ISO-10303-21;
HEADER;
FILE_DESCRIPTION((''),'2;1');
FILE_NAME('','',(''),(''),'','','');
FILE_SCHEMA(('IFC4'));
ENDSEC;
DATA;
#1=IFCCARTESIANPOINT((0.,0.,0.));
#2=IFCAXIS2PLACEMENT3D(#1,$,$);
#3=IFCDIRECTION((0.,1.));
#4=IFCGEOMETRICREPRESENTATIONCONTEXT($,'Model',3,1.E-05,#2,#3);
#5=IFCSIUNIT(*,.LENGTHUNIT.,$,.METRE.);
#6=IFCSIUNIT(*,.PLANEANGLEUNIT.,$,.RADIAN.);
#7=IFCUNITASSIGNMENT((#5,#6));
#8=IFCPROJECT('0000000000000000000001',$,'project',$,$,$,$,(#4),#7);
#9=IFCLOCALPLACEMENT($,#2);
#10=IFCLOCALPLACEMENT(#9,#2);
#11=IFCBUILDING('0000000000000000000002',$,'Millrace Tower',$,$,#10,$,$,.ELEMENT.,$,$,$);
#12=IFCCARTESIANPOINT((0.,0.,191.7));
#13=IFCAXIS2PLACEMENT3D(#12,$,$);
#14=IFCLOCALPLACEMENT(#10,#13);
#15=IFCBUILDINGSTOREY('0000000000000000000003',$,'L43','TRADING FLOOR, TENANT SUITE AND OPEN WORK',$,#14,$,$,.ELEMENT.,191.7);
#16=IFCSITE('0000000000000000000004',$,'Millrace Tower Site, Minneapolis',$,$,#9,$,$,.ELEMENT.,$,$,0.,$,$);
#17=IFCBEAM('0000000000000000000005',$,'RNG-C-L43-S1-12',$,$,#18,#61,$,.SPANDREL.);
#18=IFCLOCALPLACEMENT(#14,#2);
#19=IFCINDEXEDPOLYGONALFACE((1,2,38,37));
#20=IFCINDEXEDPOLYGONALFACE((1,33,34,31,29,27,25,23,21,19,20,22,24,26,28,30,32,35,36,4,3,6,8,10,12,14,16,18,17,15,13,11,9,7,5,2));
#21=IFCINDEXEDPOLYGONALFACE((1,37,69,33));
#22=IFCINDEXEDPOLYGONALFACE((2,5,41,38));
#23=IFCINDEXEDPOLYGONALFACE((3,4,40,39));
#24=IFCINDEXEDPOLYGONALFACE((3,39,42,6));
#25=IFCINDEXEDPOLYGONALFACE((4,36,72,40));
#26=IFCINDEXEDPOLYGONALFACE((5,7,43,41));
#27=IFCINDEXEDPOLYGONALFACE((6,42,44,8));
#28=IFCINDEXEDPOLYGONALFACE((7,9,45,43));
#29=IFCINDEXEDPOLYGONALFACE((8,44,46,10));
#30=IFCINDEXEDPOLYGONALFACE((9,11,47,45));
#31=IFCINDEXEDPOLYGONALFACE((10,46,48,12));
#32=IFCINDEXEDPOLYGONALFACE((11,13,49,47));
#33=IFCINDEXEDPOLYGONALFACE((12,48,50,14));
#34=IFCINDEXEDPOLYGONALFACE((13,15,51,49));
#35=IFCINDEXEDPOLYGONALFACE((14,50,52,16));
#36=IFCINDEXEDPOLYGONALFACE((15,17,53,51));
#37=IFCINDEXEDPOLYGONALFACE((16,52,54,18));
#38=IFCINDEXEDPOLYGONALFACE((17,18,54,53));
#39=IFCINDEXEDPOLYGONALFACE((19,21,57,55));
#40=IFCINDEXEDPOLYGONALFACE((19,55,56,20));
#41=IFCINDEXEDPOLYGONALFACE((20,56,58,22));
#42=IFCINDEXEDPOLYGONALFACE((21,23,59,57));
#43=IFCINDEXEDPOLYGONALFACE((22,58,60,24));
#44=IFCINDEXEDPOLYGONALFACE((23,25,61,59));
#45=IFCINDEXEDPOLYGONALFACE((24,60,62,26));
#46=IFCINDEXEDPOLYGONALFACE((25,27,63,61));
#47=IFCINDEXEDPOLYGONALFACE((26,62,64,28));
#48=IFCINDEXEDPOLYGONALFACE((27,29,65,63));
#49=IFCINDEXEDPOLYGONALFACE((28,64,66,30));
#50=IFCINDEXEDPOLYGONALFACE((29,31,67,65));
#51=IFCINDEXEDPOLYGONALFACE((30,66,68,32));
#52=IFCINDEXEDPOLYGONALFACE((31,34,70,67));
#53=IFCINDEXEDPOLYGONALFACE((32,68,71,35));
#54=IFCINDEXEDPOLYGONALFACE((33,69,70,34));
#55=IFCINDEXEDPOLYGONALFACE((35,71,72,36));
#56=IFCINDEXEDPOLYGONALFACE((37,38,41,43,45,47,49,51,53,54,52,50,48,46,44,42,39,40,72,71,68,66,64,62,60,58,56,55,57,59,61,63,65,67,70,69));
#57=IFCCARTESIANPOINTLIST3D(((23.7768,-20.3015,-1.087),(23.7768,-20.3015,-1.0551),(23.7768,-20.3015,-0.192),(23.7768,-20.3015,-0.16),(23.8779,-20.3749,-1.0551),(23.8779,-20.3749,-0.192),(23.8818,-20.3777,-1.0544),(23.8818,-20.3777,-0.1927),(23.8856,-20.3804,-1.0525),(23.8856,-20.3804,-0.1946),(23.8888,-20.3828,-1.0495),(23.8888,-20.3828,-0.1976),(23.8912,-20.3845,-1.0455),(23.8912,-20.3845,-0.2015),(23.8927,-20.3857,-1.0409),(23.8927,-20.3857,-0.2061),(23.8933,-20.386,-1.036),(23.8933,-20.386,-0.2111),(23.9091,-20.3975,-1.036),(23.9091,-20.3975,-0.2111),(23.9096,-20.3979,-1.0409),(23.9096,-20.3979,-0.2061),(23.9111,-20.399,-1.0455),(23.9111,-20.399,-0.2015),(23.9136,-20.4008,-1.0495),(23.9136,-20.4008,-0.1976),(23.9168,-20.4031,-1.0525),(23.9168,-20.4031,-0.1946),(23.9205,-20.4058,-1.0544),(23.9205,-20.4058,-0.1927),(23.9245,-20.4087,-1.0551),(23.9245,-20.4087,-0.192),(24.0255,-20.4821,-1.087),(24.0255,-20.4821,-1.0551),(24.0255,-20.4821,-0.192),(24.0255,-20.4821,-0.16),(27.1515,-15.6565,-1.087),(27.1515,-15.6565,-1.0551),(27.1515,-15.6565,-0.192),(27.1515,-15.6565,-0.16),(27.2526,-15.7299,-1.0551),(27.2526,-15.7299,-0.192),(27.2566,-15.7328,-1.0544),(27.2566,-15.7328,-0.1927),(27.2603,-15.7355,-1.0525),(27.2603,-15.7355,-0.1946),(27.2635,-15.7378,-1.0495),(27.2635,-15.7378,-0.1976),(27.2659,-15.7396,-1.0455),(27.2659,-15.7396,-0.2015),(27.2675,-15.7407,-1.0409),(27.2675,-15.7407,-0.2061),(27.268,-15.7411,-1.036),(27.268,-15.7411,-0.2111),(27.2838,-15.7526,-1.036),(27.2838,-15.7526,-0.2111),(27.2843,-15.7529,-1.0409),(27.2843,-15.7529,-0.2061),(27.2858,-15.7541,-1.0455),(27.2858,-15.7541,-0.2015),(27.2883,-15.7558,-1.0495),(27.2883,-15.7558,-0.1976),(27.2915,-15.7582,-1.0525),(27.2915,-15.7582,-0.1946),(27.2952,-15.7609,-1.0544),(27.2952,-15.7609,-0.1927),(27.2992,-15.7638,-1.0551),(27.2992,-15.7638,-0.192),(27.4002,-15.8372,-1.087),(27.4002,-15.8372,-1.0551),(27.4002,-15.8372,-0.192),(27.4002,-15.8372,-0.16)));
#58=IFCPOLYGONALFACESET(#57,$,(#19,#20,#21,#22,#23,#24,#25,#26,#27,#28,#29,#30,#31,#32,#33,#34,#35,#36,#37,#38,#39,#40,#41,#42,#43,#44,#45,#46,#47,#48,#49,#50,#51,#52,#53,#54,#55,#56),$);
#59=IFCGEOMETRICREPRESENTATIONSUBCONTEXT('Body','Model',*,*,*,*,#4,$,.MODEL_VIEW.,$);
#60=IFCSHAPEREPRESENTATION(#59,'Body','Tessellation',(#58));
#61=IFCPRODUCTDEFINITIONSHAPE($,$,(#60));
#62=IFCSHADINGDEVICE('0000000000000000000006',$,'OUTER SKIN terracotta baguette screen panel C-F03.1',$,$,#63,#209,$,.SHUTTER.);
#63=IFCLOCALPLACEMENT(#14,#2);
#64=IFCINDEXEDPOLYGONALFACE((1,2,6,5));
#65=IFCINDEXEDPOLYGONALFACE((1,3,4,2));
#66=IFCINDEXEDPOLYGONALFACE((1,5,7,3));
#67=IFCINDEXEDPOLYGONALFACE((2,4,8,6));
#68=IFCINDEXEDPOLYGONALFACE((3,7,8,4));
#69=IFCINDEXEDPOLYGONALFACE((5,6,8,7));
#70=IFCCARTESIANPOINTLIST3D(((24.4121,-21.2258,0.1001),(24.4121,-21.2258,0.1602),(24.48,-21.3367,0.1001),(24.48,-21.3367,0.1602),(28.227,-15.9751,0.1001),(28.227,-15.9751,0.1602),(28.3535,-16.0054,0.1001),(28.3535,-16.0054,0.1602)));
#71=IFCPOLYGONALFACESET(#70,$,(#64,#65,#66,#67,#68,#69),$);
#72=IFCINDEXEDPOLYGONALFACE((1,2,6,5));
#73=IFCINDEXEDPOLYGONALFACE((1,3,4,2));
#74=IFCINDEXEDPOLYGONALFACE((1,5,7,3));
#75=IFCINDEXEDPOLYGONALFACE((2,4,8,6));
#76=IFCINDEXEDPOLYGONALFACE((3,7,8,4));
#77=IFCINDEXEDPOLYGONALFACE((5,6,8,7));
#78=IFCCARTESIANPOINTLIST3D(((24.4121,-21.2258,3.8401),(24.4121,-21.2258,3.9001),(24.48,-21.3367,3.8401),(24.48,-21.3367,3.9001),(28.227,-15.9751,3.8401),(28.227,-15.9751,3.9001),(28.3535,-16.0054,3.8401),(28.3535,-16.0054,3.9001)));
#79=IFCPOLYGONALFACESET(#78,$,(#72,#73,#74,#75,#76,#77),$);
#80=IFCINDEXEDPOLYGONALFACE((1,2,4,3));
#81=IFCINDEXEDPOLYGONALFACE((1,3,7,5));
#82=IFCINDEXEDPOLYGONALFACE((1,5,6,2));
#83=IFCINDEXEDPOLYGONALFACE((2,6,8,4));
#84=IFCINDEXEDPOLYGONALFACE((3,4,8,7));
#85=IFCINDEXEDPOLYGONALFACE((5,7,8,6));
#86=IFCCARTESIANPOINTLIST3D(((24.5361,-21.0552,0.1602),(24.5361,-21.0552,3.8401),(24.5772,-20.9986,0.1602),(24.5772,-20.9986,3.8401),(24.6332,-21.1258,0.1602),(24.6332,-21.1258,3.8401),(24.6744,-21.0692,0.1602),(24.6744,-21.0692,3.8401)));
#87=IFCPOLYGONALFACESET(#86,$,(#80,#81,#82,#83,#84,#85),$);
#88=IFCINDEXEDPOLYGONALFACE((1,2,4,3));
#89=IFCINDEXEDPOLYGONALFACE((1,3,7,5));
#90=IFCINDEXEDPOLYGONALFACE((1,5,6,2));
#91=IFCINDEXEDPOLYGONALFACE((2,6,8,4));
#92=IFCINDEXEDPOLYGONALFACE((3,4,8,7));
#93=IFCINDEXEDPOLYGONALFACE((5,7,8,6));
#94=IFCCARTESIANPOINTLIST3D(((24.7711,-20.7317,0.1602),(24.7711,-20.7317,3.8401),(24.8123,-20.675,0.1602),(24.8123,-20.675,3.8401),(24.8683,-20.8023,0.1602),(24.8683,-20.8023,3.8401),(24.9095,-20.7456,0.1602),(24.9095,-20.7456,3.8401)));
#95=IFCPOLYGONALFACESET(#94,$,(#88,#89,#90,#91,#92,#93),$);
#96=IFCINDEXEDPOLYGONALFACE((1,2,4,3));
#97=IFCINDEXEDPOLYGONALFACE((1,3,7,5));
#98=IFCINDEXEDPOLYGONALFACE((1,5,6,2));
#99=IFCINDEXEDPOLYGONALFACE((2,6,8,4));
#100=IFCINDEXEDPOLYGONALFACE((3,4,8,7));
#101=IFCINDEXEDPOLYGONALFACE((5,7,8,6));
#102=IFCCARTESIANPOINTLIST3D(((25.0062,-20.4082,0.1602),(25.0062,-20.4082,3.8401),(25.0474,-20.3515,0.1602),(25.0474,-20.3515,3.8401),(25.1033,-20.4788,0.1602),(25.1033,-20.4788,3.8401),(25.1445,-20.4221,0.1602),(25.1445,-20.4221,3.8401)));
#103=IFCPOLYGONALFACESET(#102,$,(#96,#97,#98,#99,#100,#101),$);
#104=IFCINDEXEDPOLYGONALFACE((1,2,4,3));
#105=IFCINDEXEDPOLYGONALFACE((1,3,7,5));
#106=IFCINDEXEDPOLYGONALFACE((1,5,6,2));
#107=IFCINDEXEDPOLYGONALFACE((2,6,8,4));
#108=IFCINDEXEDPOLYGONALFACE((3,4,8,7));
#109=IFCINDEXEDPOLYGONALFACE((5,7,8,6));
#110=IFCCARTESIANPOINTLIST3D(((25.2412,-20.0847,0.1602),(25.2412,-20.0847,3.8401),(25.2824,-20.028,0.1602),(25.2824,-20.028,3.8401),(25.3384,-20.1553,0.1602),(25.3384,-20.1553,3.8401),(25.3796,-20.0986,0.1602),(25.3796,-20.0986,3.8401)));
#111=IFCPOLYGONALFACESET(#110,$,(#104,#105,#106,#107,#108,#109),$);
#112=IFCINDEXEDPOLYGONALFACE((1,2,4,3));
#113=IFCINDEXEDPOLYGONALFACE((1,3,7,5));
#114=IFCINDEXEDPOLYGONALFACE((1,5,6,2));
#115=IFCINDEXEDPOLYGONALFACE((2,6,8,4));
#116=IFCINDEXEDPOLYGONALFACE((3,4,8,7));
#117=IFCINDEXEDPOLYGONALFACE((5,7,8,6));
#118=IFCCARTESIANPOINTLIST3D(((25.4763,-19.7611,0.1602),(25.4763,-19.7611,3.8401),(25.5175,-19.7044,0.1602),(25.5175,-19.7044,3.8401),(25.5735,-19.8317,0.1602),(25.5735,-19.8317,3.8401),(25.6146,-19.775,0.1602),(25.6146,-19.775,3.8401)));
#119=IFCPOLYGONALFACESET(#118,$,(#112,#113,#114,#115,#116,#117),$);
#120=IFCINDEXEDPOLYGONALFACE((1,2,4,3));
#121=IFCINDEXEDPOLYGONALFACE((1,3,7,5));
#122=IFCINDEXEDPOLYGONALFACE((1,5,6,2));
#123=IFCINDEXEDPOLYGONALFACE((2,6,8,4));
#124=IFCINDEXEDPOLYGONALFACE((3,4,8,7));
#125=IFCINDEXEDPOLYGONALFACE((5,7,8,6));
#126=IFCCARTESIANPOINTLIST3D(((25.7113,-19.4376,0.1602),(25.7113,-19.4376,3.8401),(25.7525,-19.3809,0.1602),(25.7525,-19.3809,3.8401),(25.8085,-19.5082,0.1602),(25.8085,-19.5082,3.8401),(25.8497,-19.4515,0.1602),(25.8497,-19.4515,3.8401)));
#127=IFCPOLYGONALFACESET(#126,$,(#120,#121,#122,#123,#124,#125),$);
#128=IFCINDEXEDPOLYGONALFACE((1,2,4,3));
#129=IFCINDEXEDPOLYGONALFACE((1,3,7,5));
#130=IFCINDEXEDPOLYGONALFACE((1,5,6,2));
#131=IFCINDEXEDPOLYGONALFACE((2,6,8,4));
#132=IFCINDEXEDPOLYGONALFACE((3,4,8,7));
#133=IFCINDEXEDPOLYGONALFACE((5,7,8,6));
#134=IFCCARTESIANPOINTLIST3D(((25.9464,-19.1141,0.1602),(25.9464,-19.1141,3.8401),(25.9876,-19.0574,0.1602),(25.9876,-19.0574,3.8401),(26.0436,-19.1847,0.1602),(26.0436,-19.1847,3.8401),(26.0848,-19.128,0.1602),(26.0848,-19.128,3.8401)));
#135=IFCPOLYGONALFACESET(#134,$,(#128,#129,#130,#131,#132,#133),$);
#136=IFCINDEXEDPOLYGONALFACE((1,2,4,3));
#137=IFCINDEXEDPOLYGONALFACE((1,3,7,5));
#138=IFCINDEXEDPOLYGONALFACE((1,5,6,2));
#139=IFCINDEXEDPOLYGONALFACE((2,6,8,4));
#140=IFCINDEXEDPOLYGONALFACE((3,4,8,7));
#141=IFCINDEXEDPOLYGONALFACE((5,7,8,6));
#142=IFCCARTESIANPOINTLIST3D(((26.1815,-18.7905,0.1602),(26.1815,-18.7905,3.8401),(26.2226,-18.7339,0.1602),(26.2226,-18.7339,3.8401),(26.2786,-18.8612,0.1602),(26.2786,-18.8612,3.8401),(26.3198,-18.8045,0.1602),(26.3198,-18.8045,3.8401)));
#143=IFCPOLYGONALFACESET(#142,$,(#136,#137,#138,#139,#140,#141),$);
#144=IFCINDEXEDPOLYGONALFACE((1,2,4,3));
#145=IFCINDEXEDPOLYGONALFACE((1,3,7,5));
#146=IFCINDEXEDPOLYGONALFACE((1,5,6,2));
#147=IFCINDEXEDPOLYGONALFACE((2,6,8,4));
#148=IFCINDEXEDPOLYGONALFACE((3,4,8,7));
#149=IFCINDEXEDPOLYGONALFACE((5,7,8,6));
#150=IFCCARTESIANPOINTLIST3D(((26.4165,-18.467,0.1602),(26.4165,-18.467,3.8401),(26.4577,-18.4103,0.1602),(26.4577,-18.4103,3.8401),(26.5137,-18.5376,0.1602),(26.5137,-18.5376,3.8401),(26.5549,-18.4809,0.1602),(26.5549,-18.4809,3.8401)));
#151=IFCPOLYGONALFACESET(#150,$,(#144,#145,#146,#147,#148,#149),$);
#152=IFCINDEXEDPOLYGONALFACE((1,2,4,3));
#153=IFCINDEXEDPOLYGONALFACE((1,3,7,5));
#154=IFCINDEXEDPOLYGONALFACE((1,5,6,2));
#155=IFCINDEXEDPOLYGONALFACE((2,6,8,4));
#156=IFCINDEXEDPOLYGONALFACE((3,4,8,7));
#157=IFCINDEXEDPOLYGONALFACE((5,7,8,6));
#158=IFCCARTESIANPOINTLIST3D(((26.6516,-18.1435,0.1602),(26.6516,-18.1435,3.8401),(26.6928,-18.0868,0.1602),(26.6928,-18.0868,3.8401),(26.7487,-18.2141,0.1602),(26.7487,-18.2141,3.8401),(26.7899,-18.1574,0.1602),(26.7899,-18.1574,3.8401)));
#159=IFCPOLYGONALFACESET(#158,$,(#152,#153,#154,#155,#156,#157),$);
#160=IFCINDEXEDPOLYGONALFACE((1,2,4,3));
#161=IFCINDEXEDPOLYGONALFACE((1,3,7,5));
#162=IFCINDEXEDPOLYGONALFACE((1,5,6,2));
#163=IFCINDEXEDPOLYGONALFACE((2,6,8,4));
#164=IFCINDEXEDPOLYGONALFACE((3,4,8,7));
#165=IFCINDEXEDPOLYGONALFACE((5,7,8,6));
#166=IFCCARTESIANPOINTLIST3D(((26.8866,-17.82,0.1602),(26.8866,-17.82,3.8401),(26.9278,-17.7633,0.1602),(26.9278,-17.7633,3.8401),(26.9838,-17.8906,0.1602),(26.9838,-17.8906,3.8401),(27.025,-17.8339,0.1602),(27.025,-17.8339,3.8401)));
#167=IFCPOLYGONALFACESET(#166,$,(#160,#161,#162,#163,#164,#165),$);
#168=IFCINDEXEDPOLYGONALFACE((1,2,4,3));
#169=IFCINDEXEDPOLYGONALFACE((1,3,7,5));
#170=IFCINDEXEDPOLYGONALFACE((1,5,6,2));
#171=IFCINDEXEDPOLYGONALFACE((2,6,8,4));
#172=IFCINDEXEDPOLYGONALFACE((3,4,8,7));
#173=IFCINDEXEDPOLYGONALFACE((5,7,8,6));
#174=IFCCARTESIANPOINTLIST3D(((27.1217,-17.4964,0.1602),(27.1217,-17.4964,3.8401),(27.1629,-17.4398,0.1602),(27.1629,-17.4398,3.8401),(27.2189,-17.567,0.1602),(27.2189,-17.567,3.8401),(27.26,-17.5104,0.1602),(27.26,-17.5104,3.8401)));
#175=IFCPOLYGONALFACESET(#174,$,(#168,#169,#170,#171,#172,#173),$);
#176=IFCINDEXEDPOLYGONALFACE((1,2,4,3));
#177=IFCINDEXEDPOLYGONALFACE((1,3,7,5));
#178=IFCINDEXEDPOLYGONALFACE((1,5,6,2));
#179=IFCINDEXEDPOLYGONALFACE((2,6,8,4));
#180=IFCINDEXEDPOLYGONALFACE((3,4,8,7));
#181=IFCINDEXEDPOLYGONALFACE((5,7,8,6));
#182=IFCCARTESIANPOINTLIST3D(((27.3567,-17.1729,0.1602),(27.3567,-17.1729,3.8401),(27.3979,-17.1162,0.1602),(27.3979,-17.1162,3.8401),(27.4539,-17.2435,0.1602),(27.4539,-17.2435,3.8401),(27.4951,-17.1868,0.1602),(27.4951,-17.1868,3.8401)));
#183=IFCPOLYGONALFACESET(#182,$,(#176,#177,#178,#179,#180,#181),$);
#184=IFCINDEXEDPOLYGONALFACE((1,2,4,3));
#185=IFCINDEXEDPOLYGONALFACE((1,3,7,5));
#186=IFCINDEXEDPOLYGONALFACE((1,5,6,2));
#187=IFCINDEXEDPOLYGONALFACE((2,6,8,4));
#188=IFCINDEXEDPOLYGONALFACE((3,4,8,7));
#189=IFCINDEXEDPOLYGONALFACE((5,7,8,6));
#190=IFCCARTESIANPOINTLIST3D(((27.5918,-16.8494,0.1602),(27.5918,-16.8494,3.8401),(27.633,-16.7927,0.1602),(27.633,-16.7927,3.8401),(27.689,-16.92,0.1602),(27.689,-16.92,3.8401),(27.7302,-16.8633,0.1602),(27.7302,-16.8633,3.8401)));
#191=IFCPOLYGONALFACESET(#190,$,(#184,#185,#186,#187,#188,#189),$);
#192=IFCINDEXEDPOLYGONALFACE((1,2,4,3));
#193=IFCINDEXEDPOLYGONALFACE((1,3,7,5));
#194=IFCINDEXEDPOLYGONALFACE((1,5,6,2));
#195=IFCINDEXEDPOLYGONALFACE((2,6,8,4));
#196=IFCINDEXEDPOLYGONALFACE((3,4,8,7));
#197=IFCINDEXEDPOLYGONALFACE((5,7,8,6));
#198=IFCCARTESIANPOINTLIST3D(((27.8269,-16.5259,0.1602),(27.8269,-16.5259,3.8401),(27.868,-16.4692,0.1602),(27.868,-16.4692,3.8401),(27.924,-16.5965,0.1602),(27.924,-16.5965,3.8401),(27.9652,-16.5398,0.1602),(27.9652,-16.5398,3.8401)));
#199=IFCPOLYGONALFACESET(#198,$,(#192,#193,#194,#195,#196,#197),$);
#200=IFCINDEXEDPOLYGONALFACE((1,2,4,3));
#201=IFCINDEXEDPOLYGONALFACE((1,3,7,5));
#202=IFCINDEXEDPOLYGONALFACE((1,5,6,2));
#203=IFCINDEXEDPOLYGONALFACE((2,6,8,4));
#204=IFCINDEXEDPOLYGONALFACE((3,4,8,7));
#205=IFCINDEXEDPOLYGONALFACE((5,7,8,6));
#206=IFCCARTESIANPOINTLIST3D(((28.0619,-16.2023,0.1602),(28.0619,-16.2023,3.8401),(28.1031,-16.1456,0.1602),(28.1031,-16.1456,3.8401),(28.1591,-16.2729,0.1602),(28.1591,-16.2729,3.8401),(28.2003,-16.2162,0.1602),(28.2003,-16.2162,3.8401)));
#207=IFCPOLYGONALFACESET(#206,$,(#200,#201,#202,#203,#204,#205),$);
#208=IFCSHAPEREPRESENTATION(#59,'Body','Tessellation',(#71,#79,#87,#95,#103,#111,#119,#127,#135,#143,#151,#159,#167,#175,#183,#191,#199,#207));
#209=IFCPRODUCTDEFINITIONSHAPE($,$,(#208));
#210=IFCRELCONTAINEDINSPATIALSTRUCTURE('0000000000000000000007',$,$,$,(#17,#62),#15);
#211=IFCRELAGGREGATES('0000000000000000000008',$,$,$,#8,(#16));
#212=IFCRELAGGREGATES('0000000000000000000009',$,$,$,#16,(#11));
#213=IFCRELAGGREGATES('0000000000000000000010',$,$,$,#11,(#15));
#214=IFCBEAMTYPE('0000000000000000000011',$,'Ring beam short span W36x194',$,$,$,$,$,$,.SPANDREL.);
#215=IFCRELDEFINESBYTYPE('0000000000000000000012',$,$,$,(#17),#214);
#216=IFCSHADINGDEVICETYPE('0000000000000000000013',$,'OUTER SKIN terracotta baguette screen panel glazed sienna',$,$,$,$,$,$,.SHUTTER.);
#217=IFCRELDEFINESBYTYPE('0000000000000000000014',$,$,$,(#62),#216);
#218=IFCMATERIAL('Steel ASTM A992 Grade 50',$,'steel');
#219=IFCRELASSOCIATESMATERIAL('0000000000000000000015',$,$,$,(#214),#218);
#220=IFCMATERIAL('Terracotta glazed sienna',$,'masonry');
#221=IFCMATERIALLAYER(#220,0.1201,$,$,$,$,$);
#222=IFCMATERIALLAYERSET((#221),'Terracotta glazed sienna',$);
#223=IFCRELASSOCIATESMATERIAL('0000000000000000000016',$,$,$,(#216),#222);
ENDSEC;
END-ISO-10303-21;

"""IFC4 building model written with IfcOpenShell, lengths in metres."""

from ifc_helpers import new_model, entity, si_unit, direction, frame, frame_2d, origin, origin_2d, place, context, subcontext, project, spatial, rectangle, i_section, extrude, source, transform, mapped, material, layer, layer_set, material_profile, profile_set, type_object, element, save


model = new_model("IFC4")

# Units and contexts
model_context = context("Model", 3, precision=1e-05, world=origin(), true_north=direction((0.0, 1.0)))
body_context = subcontext(model_context, "Body", "Model", "MODEL_VIEW")
ifc_project = project(units=[si_unit("LENGTHUNIT", "METRE"), si_unit("PLANEANGLEUNIT", "RADIAN")], contexts=[model_context])

# Site, building, storey
site_placement = place(None, origin())
site = spatial("IfcSite", under=ifc_project, at=site_placement, Name="Millrace Tower Site, Minneapolis", CompositionType="ELEMENT", RefElevation=0.0)
building_placement = place(site_placement, origin())
building = spatial("IfcBuilding", under=site, at=building_placement, Name="Millrace Tower", CompositionType="ELEMENT")
storey_placement = place(building_placement, frame((0.0, 0.0, 191.7)))
storey = spatial("IfcBuildingStorey", under=building, at=storey_placement, Name="L43", Description="TRADING FLOOR, TENANT SUITE AND OPEN WORK", CompositionType="ELEMENT", Elevation=191.7)

# Beam
ifc_material_1 = material(Name="Steel ASTM A992 Grade 50", Category="steel")
ifc_material_profile_1 = material_profile(ifc_material_1, i_section(OverallWidth=0.3074, OverallDepth=0.927, WebThickness=0.0195, FlangeThickness=0.032, FilletRadius=0.019, at=origin_2d()))
ifc_profile_set_1 = profile_set([ifc_material_profile_1], Name="Steel ASTM A992 Grade 50")
beam_type_1 = type_object("IfcBeamType", Name="Ring beam short span W36x194", PredefinedType="SPANDREL", material=ifc_profile_set_1)
beam_1_placement = place(storey_placement, frame((27.2759, -15.7468, -0.6235), z_axis=(-0.58778, -0.809021, 0.0), x_axis=(0.809021, -0.58778, 0.0)))
element("IfcBeam", 1, at=beam_1_placement, inside=storey, type_object=beam_type_1, Name="RNG-C-L43-S1-12", PredefinedType="SPANDREL", context=body_context, shape_type="SweptSolid", body=[
    extrude(i_section(OverallWidth=0.3074, OverallDepth=0.927, WebThickness=0.0195, FlangeThickness=0.032, FilletRadius=0.019, at=origin_2d()), origin(), (0.0, 0.0, 1.0), 5.7415),
])

# Shading device
ifc_material_2 = material(Name="Terracotta glazed sienna", Category="masonry")
ifc_layer_1 = layer(ifc_material_2, 0.1201)
ifc_layer_set_1 = layer_set([ifc_layer_1], Name="Terracotta glazed sienna")
shading_device_type = type_object("IfcShadingDeviceType", Name="OUTER SKIN terracotta baguette screen panel glazed sienna", PredefinedType="SHUTTER", material=ifc_layer_set_1)
cartesian_point_1 = entity("IfcCartesianPoint", [-3.2451, 0.0601])
shared_polyline_1 = entity("IfcPolyline", [cartesian_point_1, entity("IfcCartesianPoint", [3.2451, 0.0601]), entity("IfcCartesianPoint", [3.2949, -0.0601]), entity("IfcCartesianPoint", [-3.2949, -0.0601]), cartesian_point_1])
shared_shape_1 = source(origin(), body_context, "Body", "SweptSolid", [
    entity("IfcExtrudedAreaSolid", entity("IfcArbitraryClosedProfileDef", "AREA", None, shared_polyline_1), entity("IfcAxis2Placement3D", entity("IfcCartesianPoint", [0.0, 0.0, 0.0])), entity("IfcDirection", [0.0, 0.0, 1.0]), 0.0601),
    entity("IfcExtrudedAreaSolid", entity("IfcArbitraryClosedProfileDef", "AREA", None, shared_polyline_1), entity("IfcAxis2Placement3D", entity("IfcCartesianPoint", [0.0, 0.0, 3.74])), entity("IfcDirection", [0.0, 0.0, 1.0]), 0.0601),
    extrude(rectangle(XDim=0.0701, YDim=0.1201, at=frame_2d((-2.9993, 0.0))), frame((0.0, 0.0, 0.0601)), (0.0, 0.0, 1.0), 3.6799),
    extrude(rectangle(XDim=0.0701, YDim=0.1201, at=frame_2d((-2.5994, 0.0))), frame((0.0, 0.0, 0.0601)), (0.0, 0.0, 1.0), 3.6799),
    extrude(rectangle(XDim=0.0701, YDim=0.1201, at=frame_2d((-2.1995, 0.0))), frame((0.0, 0.0, 0.0601)), (0.0, 0.0, 1.0), 3.6799),
    extrude(rectangle(XDim=0.0701, YDim=0.1201, at=frame_2d((-1.7996, 0.0))), frame((0.0, 0.0, 0.0601)), (0.0, 0.0, 1.0), 3.6799),
    extrude(rectangle(XDim=0.0701, YDim=0.1201, at=frame_2d((-1.3997, 0.0))), frame((0.0, 0.0, 0.0601)), (0.0, 0.0, 1.0), 3.6799),
    extrude(rectangle(XDim=0.0701, YDim=0.1201, at=frame_2d((-0.9998, 0.0))), frame((0.0, 0.0, 0.0601)), (0.0, 0.0, 1.0), 3.6799),
    extrude(rectangle(XDim=0.0701, YDim=0.1201, at=frame_2d((-0.5999, 0.0))), frame((0.0, 0.0, 0.0601)), (0.0, 0.0, 1.0), 3.6799),
    extrude(rectangle(XDim=0.0701, YDim=0.1201, at=frame_2d((-0.2, 0.0))), frame((0.0, 0.0, 0.0601)), (0.0, 0.0, 1.0), 3.6799),
    extrude(rectangle(XDim=0.0701, YDim=0.1201, at=frame_2d((0.2, 0.0))), frame((0.0, 0.0, 0.0601)), (0.0, 0.0, 1.0), 3.6799),
    extrude(rectangle(XDim=0.0701, YDim=0.1201, at=frame_2d((0.5999, 0.0))), frame((0.0, 0.0, 0.0601)), (0.0, 0.0, 1.0), 3.6799),
    extrude(rectangle(XDim=0.0701, YDim=0.1201, at=frame_2d((0.9998, 0.0))), frame((0.0, 0.0, 0.0601)), (0.0, 0.0, 1.0), 3.6799),
    extrude(rectangle(XDim=0.0701, YDim=0.1201, at=frame_2d((1.3997, 0.0))), frame((0.0, 0.0, 0.0601)), (0.0, 0.0, 1.0), 3.6799),
    extrude(rectangle(XDim=0.0701, YDim=0.1201, at=frame_2d((1.7996, 0.0))), frame((0.0, 0.0, 0.0601)), (0.0, 0.0, 1.0), 3.6799),
    extrude(rectangle(XDim=0.0701, YDim=0.1201, at=frame_2d((2.1995, 0.0))), frame((0.0, 0.0, 0.0601)), (0.0, 0.0, 1.0), 3.6799),
    extrude(rectangle(XDim=0.0701, YDim=0.1201, at=frame_2d((2.5994, 0.0))), frame((0.0, 0.0, 0.0601)), (0.0, 0.0, 1.0), 3.6799),
    extrude(rectangle(XDim=0.0701, YDim=0.1201, at=frame_2d((2.9993, 0.0))), frame((0.0, 0.0, 0.0601)), (0.0, 0.0, 1.0), 3.6799),
])
shading_device_1_placement = place(storey_placement, frame((26.3682, -18.6357, 0.1001), z_axis=(0.0, 0.0, 1.0), x_axis=(0.587785, 0.809017, 0.0)))
element("IfcShadingDevice", 2, at=shading_device_1_placement, inside=storey, type_object=shading_device_type, Name="OUTER SKIN terracotta baguette screen panel C-F03.1", PredefinedType="SHUTTER", context=body_context, shape_type="MappedRepresentation", body=[
    mapped(shared_shape_1, transform((0.0, 0.0, 0.0), scale=1.0)),
])

save(model, "model.ifc")
